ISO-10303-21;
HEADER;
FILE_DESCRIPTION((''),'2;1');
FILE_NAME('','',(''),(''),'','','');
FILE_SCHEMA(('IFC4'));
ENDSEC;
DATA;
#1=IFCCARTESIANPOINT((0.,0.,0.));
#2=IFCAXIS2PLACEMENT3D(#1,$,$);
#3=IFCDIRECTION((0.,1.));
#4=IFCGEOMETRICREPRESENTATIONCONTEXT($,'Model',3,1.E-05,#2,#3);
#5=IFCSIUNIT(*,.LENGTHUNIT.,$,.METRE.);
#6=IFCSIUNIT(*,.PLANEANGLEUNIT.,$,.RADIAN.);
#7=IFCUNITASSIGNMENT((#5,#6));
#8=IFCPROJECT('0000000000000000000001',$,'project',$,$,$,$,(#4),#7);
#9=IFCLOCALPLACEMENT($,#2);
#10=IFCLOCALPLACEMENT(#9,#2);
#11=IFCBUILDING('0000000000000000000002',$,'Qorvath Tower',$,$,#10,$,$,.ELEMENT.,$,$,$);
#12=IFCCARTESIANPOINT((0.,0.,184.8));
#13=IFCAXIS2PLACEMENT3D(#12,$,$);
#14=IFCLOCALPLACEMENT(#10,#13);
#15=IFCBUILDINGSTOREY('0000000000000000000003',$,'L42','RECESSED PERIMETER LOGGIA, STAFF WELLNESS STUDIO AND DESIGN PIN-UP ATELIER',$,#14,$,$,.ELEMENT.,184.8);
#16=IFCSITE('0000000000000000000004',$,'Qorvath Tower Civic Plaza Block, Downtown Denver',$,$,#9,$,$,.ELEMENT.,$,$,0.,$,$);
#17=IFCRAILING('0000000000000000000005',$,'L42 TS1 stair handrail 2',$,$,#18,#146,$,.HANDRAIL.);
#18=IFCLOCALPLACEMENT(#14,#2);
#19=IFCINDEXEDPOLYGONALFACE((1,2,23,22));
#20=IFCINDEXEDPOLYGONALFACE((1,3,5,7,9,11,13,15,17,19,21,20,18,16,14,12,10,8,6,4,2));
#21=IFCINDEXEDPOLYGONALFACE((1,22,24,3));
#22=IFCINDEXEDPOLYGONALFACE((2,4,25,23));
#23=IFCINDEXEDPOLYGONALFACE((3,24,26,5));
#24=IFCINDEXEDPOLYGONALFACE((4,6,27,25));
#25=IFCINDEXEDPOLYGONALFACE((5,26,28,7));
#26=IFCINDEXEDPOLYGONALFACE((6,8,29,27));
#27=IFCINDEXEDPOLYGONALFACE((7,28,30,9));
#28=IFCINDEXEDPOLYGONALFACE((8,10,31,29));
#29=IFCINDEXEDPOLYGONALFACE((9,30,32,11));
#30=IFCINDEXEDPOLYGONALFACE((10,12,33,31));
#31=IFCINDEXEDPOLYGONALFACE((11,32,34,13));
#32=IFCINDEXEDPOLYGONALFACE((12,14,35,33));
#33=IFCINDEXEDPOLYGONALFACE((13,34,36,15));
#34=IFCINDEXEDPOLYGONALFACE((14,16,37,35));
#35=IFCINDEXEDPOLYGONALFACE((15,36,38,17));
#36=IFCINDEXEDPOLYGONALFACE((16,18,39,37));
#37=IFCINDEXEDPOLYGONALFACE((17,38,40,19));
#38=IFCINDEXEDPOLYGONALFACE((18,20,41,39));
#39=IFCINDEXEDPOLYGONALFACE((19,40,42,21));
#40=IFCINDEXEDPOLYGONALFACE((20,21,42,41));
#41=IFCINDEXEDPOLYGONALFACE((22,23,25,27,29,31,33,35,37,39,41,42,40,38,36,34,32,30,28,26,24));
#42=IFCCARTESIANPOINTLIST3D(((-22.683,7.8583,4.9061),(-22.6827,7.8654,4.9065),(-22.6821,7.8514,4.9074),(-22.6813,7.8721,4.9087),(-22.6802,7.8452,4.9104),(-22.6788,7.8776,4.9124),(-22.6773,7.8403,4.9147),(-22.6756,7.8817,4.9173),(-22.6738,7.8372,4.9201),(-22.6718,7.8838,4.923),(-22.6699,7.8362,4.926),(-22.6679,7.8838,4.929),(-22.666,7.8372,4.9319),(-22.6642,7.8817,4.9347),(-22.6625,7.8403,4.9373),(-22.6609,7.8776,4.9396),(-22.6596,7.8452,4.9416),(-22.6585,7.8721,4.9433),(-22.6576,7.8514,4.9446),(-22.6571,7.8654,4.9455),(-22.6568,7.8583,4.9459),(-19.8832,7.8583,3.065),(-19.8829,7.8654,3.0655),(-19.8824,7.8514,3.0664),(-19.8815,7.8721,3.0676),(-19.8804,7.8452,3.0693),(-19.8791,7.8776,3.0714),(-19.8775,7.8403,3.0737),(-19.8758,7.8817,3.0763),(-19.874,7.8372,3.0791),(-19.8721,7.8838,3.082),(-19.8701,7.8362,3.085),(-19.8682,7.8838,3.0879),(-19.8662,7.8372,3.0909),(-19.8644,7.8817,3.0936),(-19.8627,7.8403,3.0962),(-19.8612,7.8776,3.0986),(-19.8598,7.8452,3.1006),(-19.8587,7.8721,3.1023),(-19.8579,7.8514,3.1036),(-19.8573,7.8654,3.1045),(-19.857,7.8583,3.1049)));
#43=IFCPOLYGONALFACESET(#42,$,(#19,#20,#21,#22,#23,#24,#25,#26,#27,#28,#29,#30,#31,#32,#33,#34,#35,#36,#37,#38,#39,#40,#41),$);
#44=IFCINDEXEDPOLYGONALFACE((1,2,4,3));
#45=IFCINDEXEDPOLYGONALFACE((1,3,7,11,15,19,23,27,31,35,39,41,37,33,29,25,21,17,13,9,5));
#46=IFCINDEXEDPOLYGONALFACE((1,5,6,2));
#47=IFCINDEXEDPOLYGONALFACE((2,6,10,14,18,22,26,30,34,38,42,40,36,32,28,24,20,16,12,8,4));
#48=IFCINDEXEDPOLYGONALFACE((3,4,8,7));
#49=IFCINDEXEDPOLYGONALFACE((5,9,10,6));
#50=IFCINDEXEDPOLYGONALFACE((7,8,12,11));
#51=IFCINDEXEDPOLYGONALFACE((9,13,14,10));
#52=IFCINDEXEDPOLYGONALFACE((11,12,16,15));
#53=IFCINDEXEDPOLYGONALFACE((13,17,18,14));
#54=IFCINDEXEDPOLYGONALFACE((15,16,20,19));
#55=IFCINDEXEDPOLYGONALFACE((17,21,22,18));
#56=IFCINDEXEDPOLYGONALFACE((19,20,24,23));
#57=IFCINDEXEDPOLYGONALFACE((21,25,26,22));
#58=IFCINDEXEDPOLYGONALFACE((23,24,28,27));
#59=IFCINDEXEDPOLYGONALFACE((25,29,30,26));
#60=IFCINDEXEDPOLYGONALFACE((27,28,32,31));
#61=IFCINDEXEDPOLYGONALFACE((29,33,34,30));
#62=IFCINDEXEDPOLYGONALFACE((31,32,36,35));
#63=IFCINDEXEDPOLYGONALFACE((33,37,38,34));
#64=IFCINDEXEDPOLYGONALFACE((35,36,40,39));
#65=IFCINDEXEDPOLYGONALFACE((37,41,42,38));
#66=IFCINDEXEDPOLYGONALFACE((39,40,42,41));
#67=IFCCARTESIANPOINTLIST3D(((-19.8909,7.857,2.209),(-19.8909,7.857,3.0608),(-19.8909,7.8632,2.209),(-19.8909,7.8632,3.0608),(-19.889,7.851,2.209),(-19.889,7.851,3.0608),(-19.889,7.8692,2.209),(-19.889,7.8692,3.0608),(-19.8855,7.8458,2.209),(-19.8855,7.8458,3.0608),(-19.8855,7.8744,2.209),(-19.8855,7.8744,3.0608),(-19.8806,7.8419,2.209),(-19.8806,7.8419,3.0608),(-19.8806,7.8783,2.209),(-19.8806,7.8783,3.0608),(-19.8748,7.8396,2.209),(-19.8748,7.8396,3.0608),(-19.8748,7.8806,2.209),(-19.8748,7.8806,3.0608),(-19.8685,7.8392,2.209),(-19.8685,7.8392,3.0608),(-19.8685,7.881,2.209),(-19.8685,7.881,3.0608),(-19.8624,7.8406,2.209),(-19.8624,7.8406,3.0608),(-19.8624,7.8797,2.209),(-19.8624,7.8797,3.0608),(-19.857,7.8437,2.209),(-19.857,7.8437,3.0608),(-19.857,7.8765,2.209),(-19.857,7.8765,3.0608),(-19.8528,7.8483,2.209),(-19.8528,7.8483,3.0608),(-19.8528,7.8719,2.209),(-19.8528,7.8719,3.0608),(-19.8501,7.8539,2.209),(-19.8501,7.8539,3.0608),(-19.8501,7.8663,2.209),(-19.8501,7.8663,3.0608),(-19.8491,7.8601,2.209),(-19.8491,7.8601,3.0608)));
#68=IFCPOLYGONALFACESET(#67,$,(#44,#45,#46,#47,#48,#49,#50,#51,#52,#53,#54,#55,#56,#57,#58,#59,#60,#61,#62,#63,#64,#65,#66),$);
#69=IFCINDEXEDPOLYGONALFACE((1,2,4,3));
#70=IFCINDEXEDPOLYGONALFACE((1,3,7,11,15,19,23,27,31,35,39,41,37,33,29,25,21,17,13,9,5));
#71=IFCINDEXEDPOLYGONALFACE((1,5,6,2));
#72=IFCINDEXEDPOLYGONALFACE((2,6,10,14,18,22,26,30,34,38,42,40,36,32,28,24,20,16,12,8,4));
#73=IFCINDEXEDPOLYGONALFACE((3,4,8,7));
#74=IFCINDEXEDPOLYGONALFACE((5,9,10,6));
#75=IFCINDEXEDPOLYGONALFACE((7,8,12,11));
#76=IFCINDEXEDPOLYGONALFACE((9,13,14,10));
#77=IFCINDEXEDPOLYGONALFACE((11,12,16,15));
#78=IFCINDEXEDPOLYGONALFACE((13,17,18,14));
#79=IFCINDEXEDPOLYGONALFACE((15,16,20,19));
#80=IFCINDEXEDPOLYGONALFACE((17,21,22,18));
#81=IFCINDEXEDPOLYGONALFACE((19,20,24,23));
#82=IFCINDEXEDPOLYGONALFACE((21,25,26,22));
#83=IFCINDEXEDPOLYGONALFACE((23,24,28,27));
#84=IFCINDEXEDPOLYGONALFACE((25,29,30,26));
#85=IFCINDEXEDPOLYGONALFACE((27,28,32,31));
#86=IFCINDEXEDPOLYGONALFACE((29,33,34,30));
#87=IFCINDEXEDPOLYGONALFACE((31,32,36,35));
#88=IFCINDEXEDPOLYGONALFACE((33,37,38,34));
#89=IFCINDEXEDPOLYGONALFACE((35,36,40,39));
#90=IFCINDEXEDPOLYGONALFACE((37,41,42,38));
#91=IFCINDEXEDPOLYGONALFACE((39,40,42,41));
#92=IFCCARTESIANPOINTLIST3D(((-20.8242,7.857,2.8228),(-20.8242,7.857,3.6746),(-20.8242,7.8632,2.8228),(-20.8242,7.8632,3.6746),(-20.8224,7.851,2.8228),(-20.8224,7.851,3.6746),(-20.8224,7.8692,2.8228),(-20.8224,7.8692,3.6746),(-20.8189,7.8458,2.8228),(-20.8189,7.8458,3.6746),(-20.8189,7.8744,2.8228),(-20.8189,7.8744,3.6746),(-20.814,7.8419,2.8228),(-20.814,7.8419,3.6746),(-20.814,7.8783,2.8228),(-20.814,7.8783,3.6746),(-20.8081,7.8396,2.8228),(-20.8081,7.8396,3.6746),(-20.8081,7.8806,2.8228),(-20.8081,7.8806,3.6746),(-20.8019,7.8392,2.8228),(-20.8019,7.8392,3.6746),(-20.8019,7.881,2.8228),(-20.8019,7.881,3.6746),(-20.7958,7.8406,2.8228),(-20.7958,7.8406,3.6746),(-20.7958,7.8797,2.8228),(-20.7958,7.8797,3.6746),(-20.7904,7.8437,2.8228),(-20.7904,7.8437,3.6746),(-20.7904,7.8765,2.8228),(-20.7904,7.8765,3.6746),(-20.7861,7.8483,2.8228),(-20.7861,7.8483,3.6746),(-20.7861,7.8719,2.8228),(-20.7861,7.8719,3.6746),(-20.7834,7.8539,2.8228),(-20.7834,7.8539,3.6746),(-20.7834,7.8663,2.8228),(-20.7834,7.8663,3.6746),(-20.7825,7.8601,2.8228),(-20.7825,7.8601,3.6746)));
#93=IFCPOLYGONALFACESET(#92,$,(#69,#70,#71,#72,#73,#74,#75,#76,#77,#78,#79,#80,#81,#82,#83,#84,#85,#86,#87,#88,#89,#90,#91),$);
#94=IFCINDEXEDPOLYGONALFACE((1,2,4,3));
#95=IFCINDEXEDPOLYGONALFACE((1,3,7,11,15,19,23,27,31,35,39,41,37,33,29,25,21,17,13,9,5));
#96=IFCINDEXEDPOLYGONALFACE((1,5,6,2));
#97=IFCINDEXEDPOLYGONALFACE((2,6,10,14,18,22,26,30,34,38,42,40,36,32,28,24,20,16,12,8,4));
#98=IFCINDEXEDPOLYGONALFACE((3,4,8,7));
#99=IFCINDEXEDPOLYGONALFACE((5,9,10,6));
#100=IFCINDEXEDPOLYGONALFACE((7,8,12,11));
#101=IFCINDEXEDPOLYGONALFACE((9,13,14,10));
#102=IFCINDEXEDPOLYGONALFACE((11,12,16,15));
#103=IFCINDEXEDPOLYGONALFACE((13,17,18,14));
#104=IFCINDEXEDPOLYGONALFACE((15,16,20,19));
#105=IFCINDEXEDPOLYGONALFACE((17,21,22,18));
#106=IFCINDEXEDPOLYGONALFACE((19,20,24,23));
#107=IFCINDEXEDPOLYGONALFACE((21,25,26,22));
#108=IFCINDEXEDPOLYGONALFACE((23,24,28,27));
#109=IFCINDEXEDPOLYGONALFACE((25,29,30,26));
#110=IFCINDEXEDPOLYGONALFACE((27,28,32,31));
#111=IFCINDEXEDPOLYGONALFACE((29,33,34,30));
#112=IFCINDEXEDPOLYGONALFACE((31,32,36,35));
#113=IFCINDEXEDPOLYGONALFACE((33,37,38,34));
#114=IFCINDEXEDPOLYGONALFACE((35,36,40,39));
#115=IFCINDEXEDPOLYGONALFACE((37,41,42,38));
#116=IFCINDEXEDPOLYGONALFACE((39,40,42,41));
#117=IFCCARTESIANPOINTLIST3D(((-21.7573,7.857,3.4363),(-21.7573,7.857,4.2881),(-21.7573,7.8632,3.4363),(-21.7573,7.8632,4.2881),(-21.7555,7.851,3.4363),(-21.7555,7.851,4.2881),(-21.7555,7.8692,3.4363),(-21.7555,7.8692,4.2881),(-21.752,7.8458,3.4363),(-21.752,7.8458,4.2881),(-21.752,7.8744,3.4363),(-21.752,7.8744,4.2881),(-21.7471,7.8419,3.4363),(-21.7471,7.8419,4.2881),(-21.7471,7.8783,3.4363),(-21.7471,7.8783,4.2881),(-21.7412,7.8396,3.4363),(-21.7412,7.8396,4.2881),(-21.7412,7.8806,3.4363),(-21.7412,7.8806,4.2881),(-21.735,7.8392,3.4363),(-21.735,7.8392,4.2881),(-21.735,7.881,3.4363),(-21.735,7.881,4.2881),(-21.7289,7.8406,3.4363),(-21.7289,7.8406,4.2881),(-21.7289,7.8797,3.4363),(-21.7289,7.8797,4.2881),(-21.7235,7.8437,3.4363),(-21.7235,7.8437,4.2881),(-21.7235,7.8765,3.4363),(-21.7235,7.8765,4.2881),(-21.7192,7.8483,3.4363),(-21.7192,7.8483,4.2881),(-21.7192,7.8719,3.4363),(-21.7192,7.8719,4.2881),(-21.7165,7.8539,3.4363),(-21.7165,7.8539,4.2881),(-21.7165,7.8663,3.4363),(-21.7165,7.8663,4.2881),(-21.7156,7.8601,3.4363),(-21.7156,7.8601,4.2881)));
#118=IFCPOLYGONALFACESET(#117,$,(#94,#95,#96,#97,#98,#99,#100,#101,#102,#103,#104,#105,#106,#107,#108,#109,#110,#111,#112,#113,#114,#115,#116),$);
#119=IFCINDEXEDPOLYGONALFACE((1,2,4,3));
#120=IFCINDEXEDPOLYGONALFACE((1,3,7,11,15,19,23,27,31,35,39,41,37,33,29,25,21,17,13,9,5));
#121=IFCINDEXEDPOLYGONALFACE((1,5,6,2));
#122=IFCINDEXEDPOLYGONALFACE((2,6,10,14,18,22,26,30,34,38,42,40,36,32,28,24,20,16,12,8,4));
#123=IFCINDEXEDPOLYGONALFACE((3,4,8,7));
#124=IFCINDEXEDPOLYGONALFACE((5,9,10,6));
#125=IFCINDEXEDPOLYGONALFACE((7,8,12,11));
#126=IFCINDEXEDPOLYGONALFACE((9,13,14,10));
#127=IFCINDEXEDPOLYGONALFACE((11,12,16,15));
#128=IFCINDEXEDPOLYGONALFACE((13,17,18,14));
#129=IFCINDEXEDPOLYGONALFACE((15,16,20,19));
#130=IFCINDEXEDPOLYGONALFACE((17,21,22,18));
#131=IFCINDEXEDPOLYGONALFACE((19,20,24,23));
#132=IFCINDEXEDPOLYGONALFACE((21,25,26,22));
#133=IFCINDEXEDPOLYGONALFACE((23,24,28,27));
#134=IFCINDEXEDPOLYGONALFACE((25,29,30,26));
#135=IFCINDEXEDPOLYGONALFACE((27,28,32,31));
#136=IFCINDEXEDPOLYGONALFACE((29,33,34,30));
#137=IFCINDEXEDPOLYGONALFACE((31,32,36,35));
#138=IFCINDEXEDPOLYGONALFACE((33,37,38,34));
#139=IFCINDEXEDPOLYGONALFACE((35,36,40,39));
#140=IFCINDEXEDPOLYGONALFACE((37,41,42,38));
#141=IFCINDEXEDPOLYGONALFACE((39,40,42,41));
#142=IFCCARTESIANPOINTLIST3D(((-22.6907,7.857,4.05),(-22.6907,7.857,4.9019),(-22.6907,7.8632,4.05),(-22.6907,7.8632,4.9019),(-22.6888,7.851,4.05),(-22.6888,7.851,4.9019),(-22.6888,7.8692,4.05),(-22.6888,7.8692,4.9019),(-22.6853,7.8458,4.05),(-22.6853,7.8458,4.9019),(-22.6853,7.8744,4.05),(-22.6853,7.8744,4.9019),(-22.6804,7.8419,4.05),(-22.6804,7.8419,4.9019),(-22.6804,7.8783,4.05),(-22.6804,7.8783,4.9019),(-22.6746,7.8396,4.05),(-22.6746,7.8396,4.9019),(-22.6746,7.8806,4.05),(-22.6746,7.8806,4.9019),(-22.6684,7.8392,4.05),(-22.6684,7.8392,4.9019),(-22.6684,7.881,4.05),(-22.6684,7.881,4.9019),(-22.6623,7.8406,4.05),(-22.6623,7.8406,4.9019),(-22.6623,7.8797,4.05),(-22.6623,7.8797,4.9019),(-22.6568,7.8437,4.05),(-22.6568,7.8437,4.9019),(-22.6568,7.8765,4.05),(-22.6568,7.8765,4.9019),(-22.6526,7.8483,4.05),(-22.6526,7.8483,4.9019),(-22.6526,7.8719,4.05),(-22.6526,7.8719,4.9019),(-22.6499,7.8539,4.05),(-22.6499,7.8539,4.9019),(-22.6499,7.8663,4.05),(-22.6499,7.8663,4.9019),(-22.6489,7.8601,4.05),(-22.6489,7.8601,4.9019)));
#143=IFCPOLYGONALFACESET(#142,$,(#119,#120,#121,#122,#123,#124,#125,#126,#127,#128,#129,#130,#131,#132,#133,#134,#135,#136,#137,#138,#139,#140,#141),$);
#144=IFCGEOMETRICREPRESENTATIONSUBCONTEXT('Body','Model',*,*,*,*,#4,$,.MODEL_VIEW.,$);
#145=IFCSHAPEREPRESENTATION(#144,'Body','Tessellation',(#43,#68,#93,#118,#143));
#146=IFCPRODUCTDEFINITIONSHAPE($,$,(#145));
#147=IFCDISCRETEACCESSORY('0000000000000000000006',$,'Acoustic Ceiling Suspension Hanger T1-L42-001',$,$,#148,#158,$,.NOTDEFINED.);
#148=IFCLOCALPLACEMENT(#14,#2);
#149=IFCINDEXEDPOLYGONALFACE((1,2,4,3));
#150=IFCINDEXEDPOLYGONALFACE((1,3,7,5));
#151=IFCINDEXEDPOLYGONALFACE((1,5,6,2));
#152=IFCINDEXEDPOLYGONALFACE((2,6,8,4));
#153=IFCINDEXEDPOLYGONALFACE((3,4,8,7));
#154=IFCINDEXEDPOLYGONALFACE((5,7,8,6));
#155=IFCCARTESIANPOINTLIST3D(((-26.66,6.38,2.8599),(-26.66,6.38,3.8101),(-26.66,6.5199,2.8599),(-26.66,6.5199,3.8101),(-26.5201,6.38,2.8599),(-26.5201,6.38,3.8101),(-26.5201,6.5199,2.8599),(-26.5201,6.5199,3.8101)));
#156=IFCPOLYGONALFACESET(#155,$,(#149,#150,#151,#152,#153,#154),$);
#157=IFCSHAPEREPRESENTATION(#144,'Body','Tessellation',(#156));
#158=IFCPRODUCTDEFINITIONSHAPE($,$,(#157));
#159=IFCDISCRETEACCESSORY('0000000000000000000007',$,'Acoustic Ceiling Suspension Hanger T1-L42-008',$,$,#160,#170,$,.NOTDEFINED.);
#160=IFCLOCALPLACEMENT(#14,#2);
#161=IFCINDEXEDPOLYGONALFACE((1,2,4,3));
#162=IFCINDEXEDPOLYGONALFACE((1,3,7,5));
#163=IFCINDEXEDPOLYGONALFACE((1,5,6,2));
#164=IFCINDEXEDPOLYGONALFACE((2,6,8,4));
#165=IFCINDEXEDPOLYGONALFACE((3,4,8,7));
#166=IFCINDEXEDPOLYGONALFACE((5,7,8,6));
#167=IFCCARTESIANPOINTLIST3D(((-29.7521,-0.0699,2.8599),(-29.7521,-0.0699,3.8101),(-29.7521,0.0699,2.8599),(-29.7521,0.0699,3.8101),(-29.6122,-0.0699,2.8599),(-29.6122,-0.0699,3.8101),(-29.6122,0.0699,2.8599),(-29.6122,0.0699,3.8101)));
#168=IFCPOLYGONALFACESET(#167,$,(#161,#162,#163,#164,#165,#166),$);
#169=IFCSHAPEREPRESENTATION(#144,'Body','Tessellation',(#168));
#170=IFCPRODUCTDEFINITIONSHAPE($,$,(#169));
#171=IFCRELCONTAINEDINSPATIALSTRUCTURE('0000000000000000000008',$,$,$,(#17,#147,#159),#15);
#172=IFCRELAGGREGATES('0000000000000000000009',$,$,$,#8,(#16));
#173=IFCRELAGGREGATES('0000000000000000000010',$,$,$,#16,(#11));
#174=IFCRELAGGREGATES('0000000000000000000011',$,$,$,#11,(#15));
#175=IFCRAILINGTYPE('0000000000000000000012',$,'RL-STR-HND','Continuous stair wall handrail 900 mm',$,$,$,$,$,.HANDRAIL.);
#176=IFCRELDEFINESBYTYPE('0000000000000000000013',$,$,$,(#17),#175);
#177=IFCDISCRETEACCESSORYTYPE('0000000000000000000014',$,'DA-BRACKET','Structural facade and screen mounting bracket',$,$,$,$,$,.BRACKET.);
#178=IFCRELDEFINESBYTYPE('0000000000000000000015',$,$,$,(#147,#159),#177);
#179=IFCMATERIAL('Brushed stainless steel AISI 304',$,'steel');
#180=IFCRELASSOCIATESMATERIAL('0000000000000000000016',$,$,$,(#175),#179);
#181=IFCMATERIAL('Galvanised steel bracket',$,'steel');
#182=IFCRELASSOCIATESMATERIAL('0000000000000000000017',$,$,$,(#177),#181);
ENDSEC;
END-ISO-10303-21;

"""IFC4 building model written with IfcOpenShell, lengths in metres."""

from ifc_helpers import new_model, si_unit, direction, frame, origin, origin_2d, place, context, subcontext, project, spatial, rectangle, circle, extrude, material, type_object, element, save


model = new_model("IFC4")

# Units and contexts
model_context = context("Model", 3, precision=1e-05, world=origin(), true_north=direction((0.0, 1.0)))
body_context = subcontext(model_context, "Body", "Model", "MODEL_VIEW")
ifc_project = project(units=[si_unit("LENGTHUNIT", "METRE"), si_unit("PLANEANGLEUNIT", "RADIAN")], contexts=[model_context])

# Site, building, storey
site_placement = place(None, origin())
site = spatial("IfcSite", under=ifc_project, at=site_placement, Name="Qorvath Tower Civic Plaza Block, Downtown Denver", CompositionType="ELEMENT", RefElevation=0.0)
building_placement = place(site_placement, origin())
building = spatial("IfcBuilding", under=site, at=building_placement, Name="Qorvath Tower", CompositionType="ELEMENT")
storey_placement = place(building_placement, frame((0.0, 0.0, 184.8)))
storey = spatial("IfcBuildingStorey", under=building, at=storey_placement, Name="L42", Description="RECESSED PERIMETER LOGGIA, STAFF WELLNESS STUDIO AND DESIGN PIN-UP ATELIER", CompositionType="ELEMENT", Elevation=184.8)

# Railing
ifc_material_1 = material(Name="Brushed stainless steel AISI 304", Category="steel")
railing_type_1 = type_object("IfcRailingType", Name="RL-STR-HND", Description="Continuous stair wall handrail 900 mm", PredefinedType="HANDRAIL", material=ifc_material_1)
railing_1_placement = place(storey_placement, frame((-19.8701, 7.8601, 2.209)))
element("IfcRailing", 1, at=railing_1_placement, inside=storey, type_object=railing_type_1, Name="L42 TS1 stair handrail 2", PredefinedType="HANDRAIL", context=body_context, shape_type="SweptSolid", body=[
    extrude(circle(Radius=0.0239, at=origin_2d()), frame((0.0, 0.0, 0.876), z_axis=(-0.835542, 0.0, 0.549426), x_axis=(0.0, -1.0, 0.0)), (0.0, 0.0, 1.0), 3.3508),
    extrude(circle(Radius=0.021, at=origin_2d()), origin(), (0.0, 0.0, 1.0), 0.8518),
    extrude(circle(Radius=0.021, at=origin_2d()), frame((-0.9333, 0.0, 0.6138)), (0.0, 0.0, 1.0), 0.8518),
    extrude(circle(Radius=0.021, at=origin_2d()), frame((-1.8665, 0.0, 1.2273)), (0.0, 0.0, 1.0), 0.8518),
    extrude(circle(Radius=0.021, at=origin_2d()), frame((-2.7998, 0.0, 1.8411)), (0.0, 0.0, 1.0), 0.8518),
])

# Discrete accessories
ifc_material_2 = material(Name="Galvanised steel bracket", Category="steel")
discrete_accessory_type = type_object("IfcDiscreteAccessoryType", Name="DA-BRACKET", Description="Structural facade and screen mounting bracket", PredefinedType="BRACKET", material=ifc_material_2)
for number, where, z_axis, x_axis, name in (
    (2, (-26.5901, 6.45, 2.8599), (0.0, 0.0, 1.0), (1.0, 0.0, 0.0), "Acoustic Ceiling Suspension Hanger T1-L42-001"),
    (3, (-29.6821, 0.0, 2.8599), (0.0, 0.0, 1.0), (1.0, 0.0, 0.0), "Acoustic Ceiling Suspension Hanger T1-L42-008"),
):
    element("IfcDiscreteAccessory", number, at=place(storey_placement, frame(where, z_axis=z_axis, x_axis=x_axis)), inside=storey, type_object=discrete_accessory_type, Name=name, PredefinedType="NOTDEFINED", context=body_context, shape_type="SweptSolid", body=[
        extrude(rectangle(XDim=0.1399, YDim=0.1399, at=origin_2d()), origin(), (0.0, 0.0, 1.0), 0.9502),
    ])

save(model, "model.ifc")
